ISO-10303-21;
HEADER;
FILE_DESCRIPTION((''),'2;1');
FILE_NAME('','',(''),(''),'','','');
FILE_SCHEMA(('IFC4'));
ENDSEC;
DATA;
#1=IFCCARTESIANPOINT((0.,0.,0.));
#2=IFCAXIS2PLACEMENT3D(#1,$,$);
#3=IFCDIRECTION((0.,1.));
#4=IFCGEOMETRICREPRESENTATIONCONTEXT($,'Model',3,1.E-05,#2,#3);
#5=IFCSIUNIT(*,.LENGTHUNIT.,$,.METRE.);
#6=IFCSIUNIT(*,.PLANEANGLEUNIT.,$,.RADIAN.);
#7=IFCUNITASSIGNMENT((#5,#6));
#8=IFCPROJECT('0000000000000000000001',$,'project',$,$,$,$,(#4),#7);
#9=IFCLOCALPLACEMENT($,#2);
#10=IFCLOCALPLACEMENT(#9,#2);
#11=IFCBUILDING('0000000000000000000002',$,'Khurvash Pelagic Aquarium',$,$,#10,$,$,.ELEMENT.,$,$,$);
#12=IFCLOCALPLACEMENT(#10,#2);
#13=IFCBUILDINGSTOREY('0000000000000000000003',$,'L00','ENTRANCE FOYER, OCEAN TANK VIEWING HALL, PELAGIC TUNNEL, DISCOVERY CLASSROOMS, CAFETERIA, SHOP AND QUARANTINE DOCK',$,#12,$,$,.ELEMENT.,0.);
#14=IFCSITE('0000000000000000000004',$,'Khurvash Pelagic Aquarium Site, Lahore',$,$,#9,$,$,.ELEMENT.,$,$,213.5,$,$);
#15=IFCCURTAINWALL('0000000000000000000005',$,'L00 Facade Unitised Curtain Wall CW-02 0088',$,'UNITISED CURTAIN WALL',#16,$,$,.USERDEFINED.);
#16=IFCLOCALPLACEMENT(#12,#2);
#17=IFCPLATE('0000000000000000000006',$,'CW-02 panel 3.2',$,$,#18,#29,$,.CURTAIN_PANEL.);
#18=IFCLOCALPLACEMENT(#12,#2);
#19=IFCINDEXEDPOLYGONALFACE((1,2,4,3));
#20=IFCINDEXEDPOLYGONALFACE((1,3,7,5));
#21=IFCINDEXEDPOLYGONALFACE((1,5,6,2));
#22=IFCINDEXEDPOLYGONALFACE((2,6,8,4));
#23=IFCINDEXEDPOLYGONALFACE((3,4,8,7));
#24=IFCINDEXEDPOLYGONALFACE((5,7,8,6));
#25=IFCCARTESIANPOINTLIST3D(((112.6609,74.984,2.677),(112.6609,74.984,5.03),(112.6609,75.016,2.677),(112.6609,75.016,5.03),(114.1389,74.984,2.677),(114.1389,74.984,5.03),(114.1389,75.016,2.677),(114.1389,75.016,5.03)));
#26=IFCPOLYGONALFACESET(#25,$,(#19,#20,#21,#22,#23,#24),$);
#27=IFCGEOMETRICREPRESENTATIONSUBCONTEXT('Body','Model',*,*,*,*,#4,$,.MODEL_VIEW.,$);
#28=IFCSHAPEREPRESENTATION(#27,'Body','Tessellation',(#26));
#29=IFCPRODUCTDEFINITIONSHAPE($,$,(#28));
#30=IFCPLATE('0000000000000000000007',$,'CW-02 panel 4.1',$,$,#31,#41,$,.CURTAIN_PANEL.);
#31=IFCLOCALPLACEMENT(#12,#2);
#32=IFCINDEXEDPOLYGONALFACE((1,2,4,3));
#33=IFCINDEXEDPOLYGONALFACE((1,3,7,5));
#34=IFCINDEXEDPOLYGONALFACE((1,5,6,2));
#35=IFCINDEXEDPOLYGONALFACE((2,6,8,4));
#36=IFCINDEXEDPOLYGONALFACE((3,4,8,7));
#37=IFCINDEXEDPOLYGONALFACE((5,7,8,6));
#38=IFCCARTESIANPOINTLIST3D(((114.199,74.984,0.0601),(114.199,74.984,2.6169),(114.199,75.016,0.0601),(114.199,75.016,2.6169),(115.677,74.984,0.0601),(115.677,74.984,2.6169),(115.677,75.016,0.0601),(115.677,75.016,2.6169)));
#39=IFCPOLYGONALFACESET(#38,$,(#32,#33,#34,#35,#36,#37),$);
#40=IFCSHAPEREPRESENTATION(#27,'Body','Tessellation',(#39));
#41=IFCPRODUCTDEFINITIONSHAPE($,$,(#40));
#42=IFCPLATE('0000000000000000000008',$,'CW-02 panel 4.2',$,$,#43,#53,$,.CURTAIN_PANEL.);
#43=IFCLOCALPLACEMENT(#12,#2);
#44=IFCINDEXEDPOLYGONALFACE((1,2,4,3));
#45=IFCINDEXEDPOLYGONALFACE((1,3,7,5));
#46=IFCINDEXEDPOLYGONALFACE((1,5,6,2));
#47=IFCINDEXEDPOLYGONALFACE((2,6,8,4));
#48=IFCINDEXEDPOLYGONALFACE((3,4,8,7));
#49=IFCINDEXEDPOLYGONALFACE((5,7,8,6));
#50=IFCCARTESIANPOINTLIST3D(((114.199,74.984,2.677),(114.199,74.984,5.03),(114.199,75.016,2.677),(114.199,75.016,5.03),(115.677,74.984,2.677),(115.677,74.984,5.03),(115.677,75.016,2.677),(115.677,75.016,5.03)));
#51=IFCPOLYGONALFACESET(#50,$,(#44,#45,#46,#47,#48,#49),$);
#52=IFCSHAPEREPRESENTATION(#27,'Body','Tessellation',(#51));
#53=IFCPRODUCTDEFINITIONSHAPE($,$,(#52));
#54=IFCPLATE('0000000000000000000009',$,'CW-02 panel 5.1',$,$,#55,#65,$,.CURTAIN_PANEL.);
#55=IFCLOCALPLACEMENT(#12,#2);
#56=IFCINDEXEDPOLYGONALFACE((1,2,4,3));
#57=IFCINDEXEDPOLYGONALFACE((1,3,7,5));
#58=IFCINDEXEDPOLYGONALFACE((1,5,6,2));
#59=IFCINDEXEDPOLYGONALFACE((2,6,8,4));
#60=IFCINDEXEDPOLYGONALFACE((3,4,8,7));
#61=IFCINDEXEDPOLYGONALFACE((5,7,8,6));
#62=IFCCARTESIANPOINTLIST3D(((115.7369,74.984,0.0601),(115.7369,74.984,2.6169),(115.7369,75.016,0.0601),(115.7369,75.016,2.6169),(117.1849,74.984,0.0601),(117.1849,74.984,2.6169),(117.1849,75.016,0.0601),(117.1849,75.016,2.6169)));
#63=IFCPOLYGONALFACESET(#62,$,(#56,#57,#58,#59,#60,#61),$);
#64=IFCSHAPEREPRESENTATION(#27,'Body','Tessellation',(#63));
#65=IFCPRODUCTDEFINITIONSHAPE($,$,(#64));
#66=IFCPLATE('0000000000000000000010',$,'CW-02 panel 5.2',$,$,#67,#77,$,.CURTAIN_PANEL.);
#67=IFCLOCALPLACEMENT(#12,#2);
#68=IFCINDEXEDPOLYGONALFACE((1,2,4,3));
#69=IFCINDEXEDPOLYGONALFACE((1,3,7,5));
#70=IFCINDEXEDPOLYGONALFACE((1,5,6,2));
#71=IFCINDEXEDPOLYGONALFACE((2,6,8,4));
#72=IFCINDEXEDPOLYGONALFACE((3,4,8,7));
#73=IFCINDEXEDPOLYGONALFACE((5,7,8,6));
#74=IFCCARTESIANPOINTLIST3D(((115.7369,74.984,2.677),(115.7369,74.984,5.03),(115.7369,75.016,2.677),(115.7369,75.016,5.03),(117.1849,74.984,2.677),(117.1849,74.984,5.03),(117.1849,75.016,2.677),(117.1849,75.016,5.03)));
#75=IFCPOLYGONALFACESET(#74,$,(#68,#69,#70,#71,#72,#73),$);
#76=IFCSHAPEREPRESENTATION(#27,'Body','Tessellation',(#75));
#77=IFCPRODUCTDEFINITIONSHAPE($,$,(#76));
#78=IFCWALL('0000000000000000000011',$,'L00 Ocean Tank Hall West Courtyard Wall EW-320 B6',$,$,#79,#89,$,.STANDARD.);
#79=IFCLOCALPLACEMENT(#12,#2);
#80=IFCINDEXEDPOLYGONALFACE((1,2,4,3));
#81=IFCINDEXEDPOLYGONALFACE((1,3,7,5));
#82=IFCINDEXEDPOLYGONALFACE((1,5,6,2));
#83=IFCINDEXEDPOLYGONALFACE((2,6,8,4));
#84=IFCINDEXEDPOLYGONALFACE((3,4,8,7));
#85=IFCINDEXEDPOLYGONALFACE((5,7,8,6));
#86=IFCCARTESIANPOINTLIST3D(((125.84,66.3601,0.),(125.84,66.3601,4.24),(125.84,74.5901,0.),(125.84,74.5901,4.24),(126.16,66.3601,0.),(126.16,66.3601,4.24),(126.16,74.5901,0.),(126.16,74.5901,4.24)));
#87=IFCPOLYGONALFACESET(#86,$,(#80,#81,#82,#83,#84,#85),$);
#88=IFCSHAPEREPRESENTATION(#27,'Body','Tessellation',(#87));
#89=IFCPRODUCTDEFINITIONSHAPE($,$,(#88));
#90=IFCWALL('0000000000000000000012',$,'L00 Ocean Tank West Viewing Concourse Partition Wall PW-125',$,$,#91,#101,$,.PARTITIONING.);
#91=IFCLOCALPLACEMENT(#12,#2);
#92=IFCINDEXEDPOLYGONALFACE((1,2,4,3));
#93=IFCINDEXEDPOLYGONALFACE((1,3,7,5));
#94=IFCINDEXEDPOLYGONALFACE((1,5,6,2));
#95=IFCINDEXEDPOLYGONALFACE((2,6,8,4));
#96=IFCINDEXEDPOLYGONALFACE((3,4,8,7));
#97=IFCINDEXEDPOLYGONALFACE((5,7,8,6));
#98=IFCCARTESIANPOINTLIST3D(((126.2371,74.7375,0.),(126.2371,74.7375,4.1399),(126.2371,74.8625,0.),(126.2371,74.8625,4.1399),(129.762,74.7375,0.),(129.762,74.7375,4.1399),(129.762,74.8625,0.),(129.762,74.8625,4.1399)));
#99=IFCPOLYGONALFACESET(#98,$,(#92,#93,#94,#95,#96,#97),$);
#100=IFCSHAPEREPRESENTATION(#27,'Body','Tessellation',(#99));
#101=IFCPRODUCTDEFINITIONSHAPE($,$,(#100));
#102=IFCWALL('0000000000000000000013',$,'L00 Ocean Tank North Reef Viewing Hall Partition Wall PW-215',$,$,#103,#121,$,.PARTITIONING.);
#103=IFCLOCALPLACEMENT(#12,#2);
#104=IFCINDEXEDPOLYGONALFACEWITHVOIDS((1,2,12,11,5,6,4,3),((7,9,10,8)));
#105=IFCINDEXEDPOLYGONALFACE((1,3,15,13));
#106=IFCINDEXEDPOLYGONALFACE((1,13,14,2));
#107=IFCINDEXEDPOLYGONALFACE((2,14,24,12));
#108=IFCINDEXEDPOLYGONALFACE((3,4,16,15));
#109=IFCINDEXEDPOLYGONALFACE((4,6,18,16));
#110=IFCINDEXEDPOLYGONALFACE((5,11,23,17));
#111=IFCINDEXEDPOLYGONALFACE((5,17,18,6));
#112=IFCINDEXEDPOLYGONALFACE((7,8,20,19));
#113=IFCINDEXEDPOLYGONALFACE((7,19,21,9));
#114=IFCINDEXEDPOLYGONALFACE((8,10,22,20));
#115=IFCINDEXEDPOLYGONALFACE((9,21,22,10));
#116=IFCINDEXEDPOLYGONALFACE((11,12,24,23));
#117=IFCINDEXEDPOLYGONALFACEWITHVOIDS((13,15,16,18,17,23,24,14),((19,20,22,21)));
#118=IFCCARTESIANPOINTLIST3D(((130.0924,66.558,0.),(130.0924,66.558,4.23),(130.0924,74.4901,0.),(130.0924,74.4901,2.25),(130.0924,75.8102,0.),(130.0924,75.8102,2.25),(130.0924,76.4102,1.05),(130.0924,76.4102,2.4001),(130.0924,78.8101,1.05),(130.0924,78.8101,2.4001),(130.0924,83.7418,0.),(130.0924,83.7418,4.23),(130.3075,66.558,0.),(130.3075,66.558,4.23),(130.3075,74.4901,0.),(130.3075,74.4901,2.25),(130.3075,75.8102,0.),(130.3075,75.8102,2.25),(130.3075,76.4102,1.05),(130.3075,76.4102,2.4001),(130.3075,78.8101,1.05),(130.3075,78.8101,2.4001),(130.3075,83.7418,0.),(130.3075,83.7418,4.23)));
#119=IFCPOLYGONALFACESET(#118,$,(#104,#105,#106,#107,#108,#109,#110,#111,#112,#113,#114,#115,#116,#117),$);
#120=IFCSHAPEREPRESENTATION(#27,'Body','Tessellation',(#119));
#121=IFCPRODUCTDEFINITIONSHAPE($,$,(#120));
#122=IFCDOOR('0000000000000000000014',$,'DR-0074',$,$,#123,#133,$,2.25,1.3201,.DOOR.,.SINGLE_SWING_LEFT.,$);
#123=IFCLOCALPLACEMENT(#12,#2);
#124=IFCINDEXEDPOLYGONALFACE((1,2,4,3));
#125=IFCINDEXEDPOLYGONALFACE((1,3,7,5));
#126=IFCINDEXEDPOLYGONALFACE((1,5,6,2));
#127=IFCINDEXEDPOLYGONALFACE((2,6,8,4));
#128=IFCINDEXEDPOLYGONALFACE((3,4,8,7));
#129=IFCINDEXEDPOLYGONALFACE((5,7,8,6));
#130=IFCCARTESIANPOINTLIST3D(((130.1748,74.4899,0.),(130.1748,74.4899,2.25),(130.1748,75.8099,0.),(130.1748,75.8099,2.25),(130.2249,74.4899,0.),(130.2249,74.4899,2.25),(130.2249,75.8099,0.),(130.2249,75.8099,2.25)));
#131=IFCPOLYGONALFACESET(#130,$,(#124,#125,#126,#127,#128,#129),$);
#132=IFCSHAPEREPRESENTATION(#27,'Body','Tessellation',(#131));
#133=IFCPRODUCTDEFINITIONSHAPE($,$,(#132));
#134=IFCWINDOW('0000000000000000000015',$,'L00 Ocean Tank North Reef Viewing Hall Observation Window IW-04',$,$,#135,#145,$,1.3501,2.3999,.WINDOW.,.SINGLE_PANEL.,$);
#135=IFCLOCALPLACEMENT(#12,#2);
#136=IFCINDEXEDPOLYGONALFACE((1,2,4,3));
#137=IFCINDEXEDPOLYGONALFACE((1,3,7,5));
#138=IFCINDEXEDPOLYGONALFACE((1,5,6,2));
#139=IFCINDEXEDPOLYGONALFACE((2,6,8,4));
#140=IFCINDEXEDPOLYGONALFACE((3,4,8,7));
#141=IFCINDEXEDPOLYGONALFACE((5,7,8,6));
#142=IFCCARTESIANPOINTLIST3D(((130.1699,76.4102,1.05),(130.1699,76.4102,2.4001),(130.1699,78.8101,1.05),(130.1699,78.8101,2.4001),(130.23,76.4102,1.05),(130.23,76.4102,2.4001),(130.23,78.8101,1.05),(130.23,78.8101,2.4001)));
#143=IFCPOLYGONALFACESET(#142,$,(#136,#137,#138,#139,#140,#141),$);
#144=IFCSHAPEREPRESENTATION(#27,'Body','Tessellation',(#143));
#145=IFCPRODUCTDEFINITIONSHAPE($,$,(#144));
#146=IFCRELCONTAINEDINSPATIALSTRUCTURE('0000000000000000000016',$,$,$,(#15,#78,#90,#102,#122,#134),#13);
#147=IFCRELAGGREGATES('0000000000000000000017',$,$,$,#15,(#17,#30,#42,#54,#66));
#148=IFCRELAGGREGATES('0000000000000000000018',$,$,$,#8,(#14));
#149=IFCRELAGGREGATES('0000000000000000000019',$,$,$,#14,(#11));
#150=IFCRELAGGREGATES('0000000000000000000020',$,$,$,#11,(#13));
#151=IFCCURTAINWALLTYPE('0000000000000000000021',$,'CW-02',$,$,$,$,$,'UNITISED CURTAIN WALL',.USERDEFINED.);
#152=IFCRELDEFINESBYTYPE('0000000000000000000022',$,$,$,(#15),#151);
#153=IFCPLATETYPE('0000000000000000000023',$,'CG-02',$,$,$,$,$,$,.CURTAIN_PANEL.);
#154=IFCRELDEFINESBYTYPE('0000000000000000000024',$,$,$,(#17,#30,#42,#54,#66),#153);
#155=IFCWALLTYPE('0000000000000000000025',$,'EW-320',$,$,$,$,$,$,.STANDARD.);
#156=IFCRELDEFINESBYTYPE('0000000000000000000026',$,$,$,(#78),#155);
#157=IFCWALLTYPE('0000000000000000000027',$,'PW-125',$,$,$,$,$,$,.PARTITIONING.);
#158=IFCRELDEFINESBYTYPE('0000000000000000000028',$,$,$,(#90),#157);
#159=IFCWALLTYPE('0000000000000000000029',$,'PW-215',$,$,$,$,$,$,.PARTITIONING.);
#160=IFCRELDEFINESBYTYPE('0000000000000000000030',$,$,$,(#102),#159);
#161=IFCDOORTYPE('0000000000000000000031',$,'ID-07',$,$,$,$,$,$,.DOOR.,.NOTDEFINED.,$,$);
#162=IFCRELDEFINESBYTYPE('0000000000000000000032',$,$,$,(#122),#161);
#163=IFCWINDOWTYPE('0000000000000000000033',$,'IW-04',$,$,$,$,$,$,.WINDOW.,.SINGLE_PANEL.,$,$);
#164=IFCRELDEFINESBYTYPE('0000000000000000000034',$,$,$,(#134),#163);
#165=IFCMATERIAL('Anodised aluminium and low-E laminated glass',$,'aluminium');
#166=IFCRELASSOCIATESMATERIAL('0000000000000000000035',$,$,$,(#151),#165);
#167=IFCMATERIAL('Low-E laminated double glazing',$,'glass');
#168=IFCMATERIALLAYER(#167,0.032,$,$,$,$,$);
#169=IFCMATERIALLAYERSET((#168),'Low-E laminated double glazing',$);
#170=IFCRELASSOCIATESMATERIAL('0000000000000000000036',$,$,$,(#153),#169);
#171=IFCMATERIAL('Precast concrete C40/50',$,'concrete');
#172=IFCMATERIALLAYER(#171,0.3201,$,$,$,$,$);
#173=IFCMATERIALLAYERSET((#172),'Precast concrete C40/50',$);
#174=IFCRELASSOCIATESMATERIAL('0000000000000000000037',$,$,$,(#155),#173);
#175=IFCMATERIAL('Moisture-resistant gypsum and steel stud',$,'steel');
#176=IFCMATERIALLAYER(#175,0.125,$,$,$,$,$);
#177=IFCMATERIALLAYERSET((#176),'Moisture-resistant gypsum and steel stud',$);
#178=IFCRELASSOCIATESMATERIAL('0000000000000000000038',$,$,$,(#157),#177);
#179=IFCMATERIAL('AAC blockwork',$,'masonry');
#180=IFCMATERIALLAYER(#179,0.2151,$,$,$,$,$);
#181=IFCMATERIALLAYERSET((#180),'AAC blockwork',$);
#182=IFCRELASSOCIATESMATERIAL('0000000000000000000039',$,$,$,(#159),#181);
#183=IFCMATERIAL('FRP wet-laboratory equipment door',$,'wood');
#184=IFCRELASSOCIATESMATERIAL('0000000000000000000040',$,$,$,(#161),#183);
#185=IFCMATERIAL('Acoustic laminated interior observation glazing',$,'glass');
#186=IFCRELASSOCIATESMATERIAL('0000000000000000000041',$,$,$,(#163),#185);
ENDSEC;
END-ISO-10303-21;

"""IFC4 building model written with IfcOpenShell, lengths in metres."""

from ifc_helpers import new_model, si_unit, direction, frame, frame_2d, origin, origin_2d, place, context, subcontext, project, spatial, rectangle, extrude, material, layer, layer_set, type_object, element, fill, aggregate, save


model = new_model("IFC4")

# Units and contexts
model_context = context("Model", 3, precision=1e-05, world=origin(), true_north=direction((0.0, 1.0)))
body_context = subcontext(model_context, "Body", "Model", "MODEL_VIEW")
ifc_project = project(units=[si_unit("LENGTHUNIT", "METRE"), si_unit("PLANEANGLEUNIT", "RADIAN")], contexts=[model_context])

# Site, building, storey
site_placement = place(None, origin())
site = spatial("IfcSite", under=ifc_project, at=site_placement, Name="Khurvash Pelagic Aquarium Site, Lahore", CompositionType="ELEMENT", RefElevation=213.5)
building_placement = place(site_placement, origin())
building = spatial("IfcBuilding", under=site, at=building_placement, Name="Khurvash Pelagic Aquarium", CompositionType="ELEMENT")
storey_placement = place(building_placement, origin())
storey = spatial("IfcBuildingStorey", under=building, at=storey_placement, Name="L00", Description="ENTRANCE FOYER, OCEAN TANK VIEWING HALL, PELAGIC TUNNEL, DISCOVERY CLASSROOMS, CAFETERIA, SHOP AND QUARANTINE DOCK", CompositionType="ELEMENT", Elevation=0.0)

# Curtain wall, plates
ifc_material_1 = material(Name="Anodised aluminium and low-E laminated glass", Category="aluminium")
curtain_wall_type = type_object("IfcCurtainWallType", Name="CW-02", ElementType="UNITISED CURTAIN WALL", PredefinedType="USERDEFINED", material=ifc_material_1)
curtain_wall_placement = place(storey_placement, origin())
curtain_wall = element("IfcCurtainWall", 1, at=curtain_wall_placement, inside=storey, type_object=curtain_wall_type, Name="L00 Facade Unitised Curtain Wall CW-02 0088", ObjectType="UNITISED CURTAIN WALL", PredefinedType="USERDEFINED")
ifc_material_2 = material(Name="Low-E laminated double glazing", Category="glass")
ifc_layer_1 = layer(ifc_material_2, 0.032)
ifc_layer_set_1 = layer_set([ifc_layer_1], Name="Low-E laminated double glazing")
plate_type = type_object("IfcPlateType", Name="CG-02", PredefinedType="CURTAIN_PANEL", material=ifc_layer_set_1)
plate_1_placement = place(storey_placement, frame((113.3999, 75.0, 2.677), z_axis=(0.0, 0.0, 1.0), x_axis=(1.0, 0.0, 0.0)))
plate_1 = element("IfcPlate", 2, at=plate_1_placement, type_object=plate_type, Name="CW-02 panel 3.2", PredefinedType="CURTAIN_PANEL", context=body_context, shape_type="SweptSolid", body=[
    extrude(rectangle(XDim=1.478, YDim=0.032, at=origin_2d()), origin(), (0.0, 0.0, 1.0), 2.353),
])
plate_2_placement = place(storey_placement, frame((114.938, 75.0, 0.0601), z_axis=(0.0, 0.0, 1.0), x_axis=(1.0, 0.0, 0.0)))
plate_2 = element("IfcPlate", 3, at=plate_2_placement, type_object=plate_type, Name="CW-02 panel 4.1", PredefinedType="CURTAIN_PANEL", context=body_context, shape_type="SweptSolid", body=[
    extrude(rectangle(XDim=1.478, YDim=0.032, at=origin_2d()), origin(), (0.0, 0.0, 1.0), 2.5569),
])
plate_3_placement = place(storey_placement, frame((114.938, 75.0, 2.677), z_axis=(0.0, 0.0, 1.0), x_axis=(1.0, 0.0, 0.0)))
plate_3 = element("IfcPlate", 4, at=plate_3_placement, type_object=plate_type, Name="CW-02 panel 4.2", PredefinedType="CURTAIN_PANEL", context=body_context, shape_type="SweptSolid", body=[
    extrude(rectangle(XDim=1.478, YDim=0.032, at=origin_2d()), origin(), (0.0, 0.0, 1.0), 2.353),
])
plate_4_placement = place(storey_placement, frame((116.4609, 75.0, 0.0601), z_axis=(0.0, 0.0, 1.0), x_axis=(1.0, 0.0, 0.0)))
plate_4 = element("IfcPlate", 5, at=plate_4_placement, type_object=plate_type, Name="CW-02 panel 5.1", PredefinedType="CURTAIN_PANEL", context=body_context, shape_type="SweptSolid", body=[
    extrude(rectangle(XDim=1.448, YDim=0.032, at=origin_2d()), origin(), (0.0, 0.0, 1.0), 2.5569),
])
plate_5_placement = place(storey_placement, frame((116.4609, 75.0, 2.677), z_axis=(0.0, 0.0, 1.0), x_axis=(1.0, 0.0, 0.0)))
plate_5 = element("IfcPlate", 6, at=plate_5_placement, type_object=plate_type, Name="CW-02 panel 5.2", PredefinedType="CURTAIN_PANEL", context=body_context, shape_type="SweptSolid", body=[
    extrude(rectangle(XDim=1.448, YDim=0.032, at=origin_2d()), origin(), (0.0, 0.0, 1.0), 2.353),
])
aggregate(curtain_wall, [plate_1, plate_2, plate_3, plate_4, plate_5])

# Walls
ifc_material_3 = material(Name="Precast concrete C40/50", Category="concrete")
ifc_layer_2 = layer(ifc_material_3, 0.3201)
ifc_layer_set_2 = layer_set([ifc_layer_2], Name="Precast concrete C40/50")
wall_type_1 = type_object("IfcWallType", Name="EW-320", PredefinedType="STANDARD", material=ifc_layer_set_2)
wall_1_placement = place(storey_placement, frame((126.0, 74.5901, 0.0), z_axis=(0.0, 0.0, 1.0), x_axis=(0.0, -1.0, 0.0)))
element("IfcWall", 7, at=wall_1_placement, inside=storey, type_object=wall_type_1, Name="L00 Ocean Tank Hall West Courtyard Wall EW-320 B6", PredefinedType="STANDARD", context=body_context, shape_type="SweptSolid", body=[
    extrude(rectangle(XDim=8.23, YDim=0.3201, at=frame_2d((4.115, 0.0))), origin(), (0.0, 0.0, 1.0), 4.24),
])
ifc_material_4 = material(Name="Moisture-resistant gypsum and steel stud", Category="steel")
ifc_layer_3 = layer(ifc_material_4, 0.125)
ifc_layer_set_3 = layer_set([ifc_layer_3], Name="Moisture-resistant gypsum and steel stud")
wall_type_2 = type_object("IfcWallType", Name="PW-125", PredefinedType="PARTITIONING", material=ifc_layer_set_3)
wall_2_placement = place(storey_placement, frame((126.2371, 74.8, 0.0), z_axis=(0.0, 0.0, 1.0), x_axis=(1.0, 0.0, 0.0)))
element("IfcWall", 8, at=wall_2_placement, inside=storey, type_object=wall_type_2, Name="L00 Ocean Tank West Viewing Concourse Partition Wall PW-125", PredefinedType="PARTITIONING", context=body_context, shape_type="SweptSolid", body=[
    extrude(rectangle(XDim=3.5249, YDim=0.125, at=frame_2d((1.7625, 0.0))), origin(), (0.0, 0.0, 1.0), 4.1399),
])

# Wall, openings, door, window
ifc_material_5 = material(Name="AAC blockwork", Category="masonry")
ifc_layer_4 = layer(ifc_material_5, 0.2151)
ifc_layer_set_4 = layer_set([ifc_layer_4], Name="AAC blockwork")
wall_type_3 = type_object("IfcWallType", Name="PW-215", PredefinedType="PARTITIONING", material=ifc_layer_set_4)
wall_3_placement = place(storey_placement, frame((130.2, 66.5581, 0.0), z_axis=(0.0, 0.0, 1.0), x_axis=(0.0, 1.0, 0.0)))
wall_3 = element("IfcWall", 9, at=wall_3_placement, inside=storey, type_object=wall_type_3, Name="L00 Ocean Tank North Reef Viewing Hall Partition Wall PW-215", PredefinedType="PARTITIONING", context=body_context, shape_type="SweptSolid", body=[
    extrude(rectangle(XDim=17.1838, YDim=0.2151, at=frame_2d((8.5918, 0.0))), origin(), (0.0, 0.0, 1.0), 4.23),
])
opening_1_placement = place(wall_3_placement, frame((7.9319, 0.0, 0.0)))
opening_1 = element("IfcOpeningElement", 10, at=opening_1_placement, cuts=wall_3, PredefinedType="OPENING", context=body_context, shape_type="SweptSolid", body=[
    extrude(rectangle(XDim=1.3201, YDim=2.25, at=frame_2d((0.6602, 1.125))), frame((0.0, 0.1177, 0.0), z_axis=(0.0, -1.0, 0.0), x_axis=(1.0, 0.0, 0.0)), (0.0, 0.0, 1.0), 0.2351),
])
opening_2_placement = place(wall_3_placement, frame((9.8521, 0.0, 1.05)))
opening_2 = element("IfcOpeningElement", 11, at=opening_2_placement, cuts=wall_3, PredefinedType="OPENING", context=body_context, shape_type="SweptSolid", body=[
    extrude(rectangle(XDim=2.3999, YDim=1.3501, at=frame_2d((1.2, 0.675))), frame((0.0, 0.1177, 0.0), z_axis=(0.0, -1.0, 0.0), x_axis=(1.0, 0.0, 0.0)), (0.0, 0.0, 1.0), 0.2351),
])
ifc_material_6 = material(Name="FRP wet-laboratory equipment door", Category="wood")
door_type = type_object("IfcDoorType", Name="ID-07", OperationType="NOTDEFINED", PredefinedType="DOOR", material=ifc_material_6)
door_placement = place(opening_1_placement, frame((1.3201, 0.0, 0.0), z_axis=(0.0, 0.0, 1.0), x_axis=(-1.0, 0.0, 0.0)))
door = element("IfcDoor", 12, at=door_placement, inside=storey, type_object=door_type, Name="DR-0074", OperationType="SINGLE_SWING_LEFT", OverallHeight=2.25, OverallWidth=1.3201, PredefinedType="DOOR", context=body_context, shape_type="SweptSolid", body=[
    extrude(rectangle(XDim=1.3201, YDim=2.25, at=frame_2d((0.6602, 1.125))), frame((0.0, 0.0249, 0.0), z_axis=(0.0, -1.0, 0.0), x_axis=(1.0, 0.0, 0.0)), (0.0, 0.0, 1.0), 0.05),
])
fill(opening_1, door)
ifc_material_7 = material(Name="Acoustic laminated interior observation glazing", Category="glass")
window_type = type_object("IfcWindowType", Name="IW-04", PartitioningType="SINGLE_PANEL", PredefinedType="WINDOW", material=ifc_material_7)
window_placement = place(opening_2_placement, origin())
window = element("IfcWindow", 13, at=window_placement, inside=storey, type_object=window_type, Name="L00 Ocean Tank North Reef Viewing Hall Observation Window IW-04", OverallHeight=1.3501, OverallWidth=2.3999, PartitioningType="SINGLE_PANEL", PredefinedType="WINDOW", context=body_context, shape_type="SweptSolid", body=[
    extrude(rectangle(XDim=2.3999, YDim=1.3501, at=frame_2d((1.2, 0.675))), frame((0.0, 0.03, 0.0), z_axis=(0.0, -1.0, 0.0), x_axis=(1.0, 0.0, 0.0)), (0.0, 0.0, 1.0), 0.0601),
])
fill(opening_2, window)

save(model, "model.ifc")
